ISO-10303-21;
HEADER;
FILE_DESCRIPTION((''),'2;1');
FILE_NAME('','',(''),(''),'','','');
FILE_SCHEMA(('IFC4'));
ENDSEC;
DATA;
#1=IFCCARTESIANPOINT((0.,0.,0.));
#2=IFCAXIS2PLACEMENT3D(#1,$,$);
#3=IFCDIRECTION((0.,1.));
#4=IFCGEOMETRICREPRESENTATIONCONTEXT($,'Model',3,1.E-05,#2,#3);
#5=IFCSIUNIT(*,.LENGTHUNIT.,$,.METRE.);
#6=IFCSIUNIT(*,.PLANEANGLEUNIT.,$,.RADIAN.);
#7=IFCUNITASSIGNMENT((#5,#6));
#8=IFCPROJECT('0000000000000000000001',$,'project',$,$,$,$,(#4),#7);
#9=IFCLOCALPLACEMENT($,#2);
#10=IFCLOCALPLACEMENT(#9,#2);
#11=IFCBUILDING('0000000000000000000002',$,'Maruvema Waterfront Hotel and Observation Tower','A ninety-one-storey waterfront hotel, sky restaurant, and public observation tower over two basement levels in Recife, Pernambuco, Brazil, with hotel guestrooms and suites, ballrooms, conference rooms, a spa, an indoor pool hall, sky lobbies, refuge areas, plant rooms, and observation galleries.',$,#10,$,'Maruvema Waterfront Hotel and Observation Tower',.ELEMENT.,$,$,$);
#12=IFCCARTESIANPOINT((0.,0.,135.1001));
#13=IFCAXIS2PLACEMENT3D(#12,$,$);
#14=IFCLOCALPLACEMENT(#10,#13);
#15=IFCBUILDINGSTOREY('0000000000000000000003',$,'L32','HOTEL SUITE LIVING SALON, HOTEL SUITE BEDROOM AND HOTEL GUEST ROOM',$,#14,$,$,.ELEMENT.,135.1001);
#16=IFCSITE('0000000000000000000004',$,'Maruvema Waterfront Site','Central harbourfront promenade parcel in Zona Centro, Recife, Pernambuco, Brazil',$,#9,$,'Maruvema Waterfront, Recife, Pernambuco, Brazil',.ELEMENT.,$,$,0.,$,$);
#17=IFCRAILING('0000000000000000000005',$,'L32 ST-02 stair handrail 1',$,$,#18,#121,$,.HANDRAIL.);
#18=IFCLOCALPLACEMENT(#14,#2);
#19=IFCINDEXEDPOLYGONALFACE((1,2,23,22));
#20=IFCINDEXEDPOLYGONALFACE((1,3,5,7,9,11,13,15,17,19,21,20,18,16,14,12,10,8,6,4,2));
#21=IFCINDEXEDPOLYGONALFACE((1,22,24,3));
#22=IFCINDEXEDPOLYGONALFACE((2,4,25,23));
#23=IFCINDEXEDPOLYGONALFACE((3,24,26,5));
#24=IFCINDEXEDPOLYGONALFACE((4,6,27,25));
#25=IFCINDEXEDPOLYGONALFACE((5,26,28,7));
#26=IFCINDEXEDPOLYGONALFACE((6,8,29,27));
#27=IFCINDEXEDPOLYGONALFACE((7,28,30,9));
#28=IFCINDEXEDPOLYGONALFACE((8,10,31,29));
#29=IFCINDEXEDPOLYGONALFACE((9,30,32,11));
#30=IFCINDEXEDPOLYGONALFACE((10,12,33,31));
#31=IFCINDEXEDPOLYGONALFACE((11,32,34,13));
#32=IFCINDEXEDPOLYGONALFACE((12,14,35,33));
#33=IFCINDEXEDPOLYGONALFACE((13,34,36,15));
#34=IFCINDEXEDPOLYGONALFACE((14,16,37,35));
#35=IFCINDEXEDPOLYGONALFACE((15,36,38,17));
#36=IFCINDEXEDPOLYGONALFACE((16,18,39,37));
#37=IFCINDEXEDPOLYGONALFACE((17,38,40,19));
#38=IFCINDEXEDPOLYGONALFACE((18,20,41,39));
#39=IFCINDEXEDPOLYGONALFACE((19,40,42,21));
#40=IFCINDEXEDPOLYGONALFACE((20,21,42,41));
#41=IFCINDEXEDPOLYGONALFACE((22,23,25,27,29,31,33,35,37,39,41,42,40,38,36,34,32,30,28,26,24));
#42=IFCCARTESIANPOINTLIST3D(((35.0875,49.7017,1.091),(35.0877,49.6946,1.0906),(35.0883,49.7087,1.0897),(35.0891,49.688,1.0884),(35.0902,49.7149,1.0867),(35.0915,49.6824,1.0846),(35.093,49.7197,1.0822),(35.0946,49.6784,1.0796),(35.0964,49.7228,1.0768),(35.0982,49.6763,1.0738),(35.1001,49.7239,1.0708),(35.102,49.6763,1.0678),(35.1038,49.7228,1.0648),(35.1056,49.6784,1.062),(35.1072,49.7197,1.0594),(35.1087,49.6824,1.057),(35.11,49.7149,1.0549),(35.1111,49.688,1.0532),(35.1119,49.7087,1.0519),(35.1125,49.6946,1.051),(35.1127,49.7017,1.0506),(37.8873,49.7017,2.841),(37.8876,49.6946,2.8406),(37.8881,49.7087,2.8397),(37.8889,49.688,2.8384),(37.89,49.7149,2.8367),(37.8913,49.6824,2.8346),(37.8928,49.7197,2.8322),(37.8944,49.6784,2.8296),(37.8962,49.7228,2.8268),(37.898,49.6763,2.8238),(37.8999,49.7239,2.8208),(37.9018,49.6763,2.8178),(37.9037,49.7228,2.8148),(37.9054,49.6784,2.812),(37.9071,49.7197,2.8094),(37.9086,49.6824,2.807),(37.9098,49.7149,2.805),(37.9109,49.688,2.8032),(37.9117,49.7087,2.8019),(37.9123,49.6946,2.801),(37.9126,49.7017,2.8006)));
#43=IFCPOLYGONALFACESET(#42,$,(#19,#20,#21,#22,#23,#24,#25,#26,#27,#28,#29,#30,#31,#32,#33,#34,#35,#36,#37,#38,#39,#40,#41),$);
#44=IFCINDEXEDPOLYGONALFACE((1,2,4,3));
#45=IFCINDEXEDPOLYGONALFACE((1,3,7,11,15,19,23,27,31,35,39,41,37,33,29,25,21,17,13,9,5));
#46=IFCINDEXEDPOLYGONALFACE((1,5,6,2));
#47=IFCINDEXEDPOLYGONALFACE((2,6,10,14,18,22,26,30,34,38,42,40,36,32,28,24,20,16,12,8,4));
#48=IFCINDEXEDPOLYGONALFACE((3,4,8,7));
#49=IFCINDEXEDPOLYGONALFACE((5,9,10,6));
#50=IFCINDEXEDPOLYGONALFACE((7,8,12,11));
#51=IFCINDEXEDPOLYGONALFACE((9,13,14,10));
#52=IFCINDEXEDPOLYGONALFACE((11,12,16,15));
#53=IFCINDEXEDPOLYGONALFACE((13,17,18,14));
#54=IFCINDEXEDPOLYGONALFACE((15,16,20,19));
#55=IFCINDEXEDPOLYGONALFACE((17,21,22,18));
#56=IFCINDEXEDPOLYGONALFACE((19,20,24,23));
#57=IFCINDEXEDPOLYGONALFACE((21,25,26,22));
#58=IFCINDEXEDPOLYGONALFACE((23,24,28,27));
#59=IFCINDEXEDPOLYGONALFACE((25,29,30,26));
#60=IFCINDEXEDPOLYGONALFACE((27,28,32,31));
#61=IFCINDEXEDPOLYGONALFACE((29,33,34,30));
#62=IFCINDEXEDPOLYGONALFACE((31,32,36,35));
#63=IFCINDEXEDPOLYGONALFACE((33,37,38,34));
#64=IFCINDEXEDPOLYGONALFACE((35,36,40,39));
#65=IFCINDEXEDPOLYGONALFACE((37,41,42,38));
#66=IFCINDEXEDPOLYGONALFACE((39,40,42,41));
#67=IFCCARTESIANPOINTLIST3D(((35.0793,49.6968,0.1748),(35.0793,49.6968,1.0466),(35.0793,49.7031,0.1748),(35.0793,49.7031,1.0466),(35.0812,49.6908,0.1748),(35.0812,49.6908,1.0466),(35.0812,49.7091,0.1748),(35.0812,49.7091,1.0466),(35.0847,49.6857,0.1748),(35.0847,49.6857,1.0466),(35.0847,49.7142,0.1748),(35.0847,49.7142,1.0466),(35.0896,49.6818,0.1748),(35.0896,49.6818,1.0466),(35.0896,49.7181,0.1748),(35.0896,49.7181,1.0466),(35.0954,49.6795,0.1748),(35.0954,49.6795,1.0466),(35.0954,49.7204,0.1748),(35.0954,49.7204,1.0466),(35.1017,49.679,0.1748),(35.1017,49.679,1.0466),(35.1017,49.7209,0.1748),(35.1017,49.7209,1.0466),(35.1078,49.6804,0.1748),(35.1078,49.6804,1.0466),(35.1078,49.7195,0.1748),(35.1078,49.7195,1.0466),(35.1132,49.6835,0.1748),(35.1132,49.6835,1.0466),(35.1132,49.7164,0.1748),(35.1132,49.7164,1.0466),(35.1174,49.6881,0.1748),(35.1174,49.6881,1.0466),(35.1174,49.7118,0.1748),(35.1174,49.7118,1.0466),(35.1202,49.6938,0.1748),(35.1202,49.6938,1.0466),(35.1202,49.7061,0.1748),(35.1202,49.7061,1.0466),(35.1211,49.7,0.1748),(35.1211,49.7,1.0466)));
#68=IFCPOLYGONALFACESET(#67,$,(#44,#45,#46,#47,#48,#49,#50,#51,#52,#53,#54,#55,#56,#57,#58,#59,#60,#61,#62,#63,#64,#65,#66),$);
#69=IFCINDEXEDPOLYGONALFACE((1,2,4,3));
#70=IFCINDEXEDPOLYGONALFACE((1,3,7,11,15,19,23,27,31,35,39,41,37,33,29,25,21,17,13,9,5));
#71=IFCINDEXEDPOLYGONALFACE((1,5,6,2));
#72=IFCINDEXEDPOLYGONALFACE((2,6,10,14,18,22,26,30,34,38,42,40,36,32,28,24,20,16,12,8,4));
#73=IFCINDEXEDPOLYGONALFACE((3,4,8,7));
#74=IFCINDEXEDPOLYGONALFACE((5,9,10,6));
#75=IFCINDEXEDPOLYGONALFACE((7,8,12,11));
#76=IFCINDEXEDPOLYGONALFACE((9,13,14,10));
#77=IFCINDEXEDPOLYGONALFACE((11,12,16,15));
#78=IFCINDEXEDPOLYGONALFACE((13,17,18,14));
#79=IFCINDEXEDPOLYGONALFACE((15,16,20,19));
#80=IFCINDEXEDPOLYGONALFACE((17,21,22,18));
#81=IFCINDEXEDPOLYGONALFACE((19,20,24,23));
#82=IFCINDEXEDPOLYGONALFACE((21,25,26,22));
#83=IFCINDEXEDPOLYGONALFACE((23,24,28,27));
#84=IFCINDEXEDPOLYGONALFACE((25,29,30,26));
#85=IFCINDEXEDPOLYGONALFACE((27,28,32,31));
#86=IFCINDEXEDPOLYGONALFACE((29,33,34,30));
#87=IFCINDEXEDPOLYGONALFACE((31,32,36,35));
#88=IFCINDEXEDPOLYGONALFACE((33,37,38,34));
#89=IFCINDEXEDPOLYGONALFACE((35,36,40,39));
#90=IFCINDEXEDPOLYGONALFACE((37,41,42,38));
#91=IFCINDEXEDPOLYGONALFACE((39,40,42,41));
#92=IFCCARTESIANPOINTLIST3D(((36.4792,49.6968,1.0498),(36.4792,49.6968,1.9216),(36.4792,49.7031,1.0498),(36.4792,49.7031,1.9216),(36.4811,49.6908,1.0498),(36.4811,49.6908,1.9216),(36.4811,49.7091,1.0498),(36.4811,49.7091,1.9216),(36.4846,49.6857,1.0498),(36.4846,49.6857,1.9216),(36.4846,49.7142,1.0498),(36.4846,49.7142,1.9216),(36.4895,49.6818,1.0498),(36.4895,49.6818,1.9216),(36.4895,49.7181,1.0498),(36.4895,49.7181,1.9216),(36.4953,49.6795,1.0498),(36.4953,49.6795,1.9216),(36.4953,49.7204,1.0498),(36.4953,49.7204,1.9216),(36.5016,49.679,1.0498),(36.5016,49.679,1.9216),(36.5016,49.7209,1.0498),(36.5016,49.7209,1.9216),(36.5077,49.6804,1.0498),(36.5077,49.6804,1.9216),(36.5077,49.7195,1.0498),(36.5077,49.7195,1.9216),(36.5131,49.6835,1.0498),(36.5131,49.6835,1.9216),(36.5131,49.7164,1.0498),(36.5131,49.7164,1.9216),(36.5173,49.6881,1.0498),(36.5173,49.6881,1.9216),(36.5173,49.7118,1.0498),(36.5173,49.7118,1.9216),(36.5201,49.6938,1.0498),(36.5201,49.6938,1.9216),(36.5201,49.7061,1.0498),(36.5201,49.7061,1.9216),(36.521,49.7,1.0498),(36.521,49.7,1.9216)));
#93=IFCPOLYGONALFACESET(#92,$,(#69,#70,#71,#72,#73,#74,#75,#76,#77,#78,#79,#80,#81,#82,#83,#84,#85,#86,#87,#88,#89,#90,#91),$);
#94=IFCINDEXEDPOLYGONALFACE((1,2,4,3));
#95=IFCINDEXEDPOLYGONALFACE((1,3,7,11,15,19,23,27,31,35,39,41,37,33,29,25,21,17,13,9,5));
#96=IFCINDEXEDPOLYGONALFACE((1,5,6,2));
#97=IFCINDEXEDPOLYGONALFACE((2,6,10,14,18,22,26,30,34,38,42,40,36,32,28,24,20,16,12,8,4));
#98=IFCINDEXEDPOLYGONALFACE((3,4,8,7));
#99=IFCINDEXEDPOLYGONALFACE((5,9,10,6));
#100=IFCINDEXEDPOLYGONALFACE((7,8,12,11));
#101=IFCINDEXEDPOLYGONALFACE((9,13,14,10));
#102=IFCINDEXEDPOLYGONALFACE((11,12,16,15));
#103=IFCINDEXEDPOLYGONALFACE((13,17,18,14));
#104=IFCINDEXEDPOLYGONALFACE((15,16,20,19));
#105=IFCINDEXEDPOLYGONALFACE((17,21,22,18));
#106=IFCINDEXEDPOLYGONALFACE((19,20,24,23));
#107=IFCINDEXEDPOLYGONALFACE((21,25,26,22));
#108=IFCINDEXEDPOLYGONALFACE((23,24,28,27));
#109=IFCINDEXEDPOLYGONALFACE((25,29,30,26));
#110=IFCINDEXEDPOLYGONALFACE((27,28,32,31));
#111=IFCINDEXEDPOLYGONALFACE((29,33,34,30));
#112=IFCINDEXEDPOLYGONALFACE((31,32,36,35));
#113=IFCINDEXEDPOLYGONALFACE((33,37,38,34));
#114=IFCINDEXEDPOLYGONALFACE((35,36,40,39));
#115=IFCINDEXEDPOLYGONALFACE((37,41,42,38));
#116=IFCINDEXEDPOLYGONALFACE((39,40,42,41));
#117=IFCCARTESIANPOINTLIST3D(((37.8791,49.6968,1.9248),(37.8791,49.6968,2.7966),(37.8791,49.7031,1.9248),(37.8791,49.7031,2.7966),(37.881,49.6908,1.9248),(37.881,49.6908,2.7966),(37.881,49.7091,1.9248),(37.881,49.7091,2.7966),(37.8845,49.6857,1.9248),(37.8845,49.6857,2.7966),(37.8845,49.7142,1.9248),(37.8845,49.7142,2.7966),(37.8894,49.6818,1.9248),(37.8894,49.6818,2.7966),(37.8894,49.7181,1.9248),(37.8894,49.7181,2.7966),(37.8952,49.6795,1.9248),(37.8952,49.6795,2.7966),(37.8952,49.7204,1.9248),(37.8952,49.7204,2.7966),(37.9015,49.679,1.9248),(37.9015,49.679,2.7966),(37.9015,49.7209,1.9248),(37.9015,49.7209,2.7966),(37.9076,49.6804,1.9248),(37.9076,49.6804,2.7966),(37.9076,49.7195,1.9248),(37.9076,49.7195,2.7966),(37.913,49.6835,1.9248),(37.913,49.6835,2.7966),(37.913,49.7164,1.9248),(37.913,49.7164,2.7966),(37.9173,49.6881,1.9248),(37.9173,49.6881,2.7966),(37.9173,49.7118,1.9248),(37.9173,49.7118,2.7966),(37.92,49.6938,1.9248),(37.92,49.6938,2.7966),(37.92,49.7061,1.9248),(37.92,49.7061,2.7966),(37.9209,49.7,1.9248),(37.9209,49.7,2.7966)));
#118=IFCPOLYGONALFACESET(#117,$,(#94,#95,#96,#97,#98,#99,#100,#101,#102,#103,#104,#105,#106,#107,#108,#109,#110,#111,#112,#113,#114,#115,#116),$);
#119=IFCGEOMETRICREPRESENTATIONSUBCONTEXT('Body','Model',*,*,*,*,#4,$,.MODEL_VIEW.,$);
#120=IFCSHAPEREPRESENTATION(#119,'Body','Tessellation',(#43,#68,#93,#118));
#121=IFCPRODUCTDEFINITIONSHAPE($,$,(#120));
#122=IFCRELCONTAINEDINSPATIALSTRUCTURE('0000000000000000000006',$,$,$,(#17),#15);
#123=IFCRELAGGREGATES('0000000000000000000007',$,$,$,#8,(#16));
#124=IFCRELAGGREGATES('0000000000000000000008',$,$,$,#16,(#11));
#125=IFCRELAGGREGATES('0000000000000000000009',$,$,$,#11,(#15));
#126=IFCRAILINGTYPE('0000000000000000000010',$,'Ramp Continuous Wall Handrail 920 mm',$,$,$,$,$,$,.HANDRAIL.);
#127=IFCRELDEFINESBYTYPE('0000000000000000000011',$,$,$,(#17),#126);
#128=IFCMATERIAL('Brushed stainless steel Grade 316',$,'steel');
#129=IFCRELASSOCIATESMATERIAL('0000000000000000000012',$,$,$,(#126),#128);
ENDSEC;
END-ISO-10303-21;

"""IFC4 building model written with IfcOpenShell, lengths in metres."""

from ifc_helpers import new_model, si_unit, direction, frame, origin, origin_2d, place, context, subcontext, project, spatial, circle, extrude, material, type_object, element, save


model = new_model("IFC4")

# Units and contexts
model_context = context("Model", 3, precision=1e-05, world=origin(), true_north=direction((0.0, 1.0)))
body_context = subcontext(model_context, "Body", "Model", "MODEL_VIEW")
ifc_project = project(units=[si_unit("LENGTHUNIT", "METRE"), si_unit("PLANEANGLEUNIT", "RADIAN")], contexts=[model_context])

# Site, building, storey
site_placement = place(None, origin())
site = spatial("IfcSite", under=ifc_project, at=site_placement, Name="Maruvema Waterfront Site", Description="Central harbourfront promenade parcel in Zona Centro, Recife, Pernambuco, Brazil", LongName="Maruvema Waterfront, Recife, Pernambuco, Brazil", CompositionType="ELEMENT", RefElevation=0.0)
building_placement = place(site_placement, origin())
building = spatial("IfcBuilding", under=site, at=building_placement, Name="Maruvema Waterfront Hotel and Observation Tower", Description="A ninety-one-storey waterfront hotel, sky restaurant, and public observation tower over two basement levels in Recife, Pernambuco, Brazil, with hotel guestrooms and suites, ballrooms, conference rooms, a spa, an indoor pool hall, sky lobbies, refuge areas, plant rooms, and observation galleries.", LongName="Maruvema Waterfront Hotel and Observation Tower", CompositionType="ELEMENT")
storey_placement = place(building_placement, frame((0.0, 0.0, 135.1001)))
storey = spatial("IfcBuildingStorey", under=building, at=storey_placement, Name="L32", Description="HOTEL SUITE LIVING SALON, HOTEL SUITE BEDROOM AND HOTEL GUEST ROOM", CompositionType="ELEMENT", Elevation=135.1001)

# Railing
ifc_material_1 = material(Name="Brushed stainless steel Grade 316", Category="steel")
railing_type_1 = type_object("IfcRailingType", Name="Ramp Continuous Wall Handrail 920 mm", PredefinedType="HANDRAIL", material=ifc_material_1)
railing_1_placement = place(storey_placement, frame((35.1001, 49.7, 0.1748)))
element("IfcRailing", 1, at=railing_1_placement, inside=storey, type_object=railing_type_1, Name="L32 ST-02 stair handrail 1", PredefinedType="HANDRAIL", context=body_context, shape_type="SweptSolid", body=[
    extrude(circle(Radius=0.0239, at=origin_2d()), frame((0.0, 0.0, 0.896), z_axis=(0.847982, 0.0, 0.530026), x_axis=(0.0, 1.0, 0.0)), (0.0, 0.0, 1.0), 3.3018),
    extrude(circle(Radius=0.021, at=origin_2d()), origin(), (0.0, 0.0, 1.0), 0.8718),
    extrude(circle(Radius=0.021, at=origin_2d()), frame((1.3999, 0.0, 0.875)), (0.0, 0.0, 1.0), 0.8718),
    extrude(circle(Radius=0.021, at=origin_2d()), frame((2.7998, 0.0, 1.75)), (0.0, 0.0, 1.0), 0.8718),
])

save(model, "model.ifc")
